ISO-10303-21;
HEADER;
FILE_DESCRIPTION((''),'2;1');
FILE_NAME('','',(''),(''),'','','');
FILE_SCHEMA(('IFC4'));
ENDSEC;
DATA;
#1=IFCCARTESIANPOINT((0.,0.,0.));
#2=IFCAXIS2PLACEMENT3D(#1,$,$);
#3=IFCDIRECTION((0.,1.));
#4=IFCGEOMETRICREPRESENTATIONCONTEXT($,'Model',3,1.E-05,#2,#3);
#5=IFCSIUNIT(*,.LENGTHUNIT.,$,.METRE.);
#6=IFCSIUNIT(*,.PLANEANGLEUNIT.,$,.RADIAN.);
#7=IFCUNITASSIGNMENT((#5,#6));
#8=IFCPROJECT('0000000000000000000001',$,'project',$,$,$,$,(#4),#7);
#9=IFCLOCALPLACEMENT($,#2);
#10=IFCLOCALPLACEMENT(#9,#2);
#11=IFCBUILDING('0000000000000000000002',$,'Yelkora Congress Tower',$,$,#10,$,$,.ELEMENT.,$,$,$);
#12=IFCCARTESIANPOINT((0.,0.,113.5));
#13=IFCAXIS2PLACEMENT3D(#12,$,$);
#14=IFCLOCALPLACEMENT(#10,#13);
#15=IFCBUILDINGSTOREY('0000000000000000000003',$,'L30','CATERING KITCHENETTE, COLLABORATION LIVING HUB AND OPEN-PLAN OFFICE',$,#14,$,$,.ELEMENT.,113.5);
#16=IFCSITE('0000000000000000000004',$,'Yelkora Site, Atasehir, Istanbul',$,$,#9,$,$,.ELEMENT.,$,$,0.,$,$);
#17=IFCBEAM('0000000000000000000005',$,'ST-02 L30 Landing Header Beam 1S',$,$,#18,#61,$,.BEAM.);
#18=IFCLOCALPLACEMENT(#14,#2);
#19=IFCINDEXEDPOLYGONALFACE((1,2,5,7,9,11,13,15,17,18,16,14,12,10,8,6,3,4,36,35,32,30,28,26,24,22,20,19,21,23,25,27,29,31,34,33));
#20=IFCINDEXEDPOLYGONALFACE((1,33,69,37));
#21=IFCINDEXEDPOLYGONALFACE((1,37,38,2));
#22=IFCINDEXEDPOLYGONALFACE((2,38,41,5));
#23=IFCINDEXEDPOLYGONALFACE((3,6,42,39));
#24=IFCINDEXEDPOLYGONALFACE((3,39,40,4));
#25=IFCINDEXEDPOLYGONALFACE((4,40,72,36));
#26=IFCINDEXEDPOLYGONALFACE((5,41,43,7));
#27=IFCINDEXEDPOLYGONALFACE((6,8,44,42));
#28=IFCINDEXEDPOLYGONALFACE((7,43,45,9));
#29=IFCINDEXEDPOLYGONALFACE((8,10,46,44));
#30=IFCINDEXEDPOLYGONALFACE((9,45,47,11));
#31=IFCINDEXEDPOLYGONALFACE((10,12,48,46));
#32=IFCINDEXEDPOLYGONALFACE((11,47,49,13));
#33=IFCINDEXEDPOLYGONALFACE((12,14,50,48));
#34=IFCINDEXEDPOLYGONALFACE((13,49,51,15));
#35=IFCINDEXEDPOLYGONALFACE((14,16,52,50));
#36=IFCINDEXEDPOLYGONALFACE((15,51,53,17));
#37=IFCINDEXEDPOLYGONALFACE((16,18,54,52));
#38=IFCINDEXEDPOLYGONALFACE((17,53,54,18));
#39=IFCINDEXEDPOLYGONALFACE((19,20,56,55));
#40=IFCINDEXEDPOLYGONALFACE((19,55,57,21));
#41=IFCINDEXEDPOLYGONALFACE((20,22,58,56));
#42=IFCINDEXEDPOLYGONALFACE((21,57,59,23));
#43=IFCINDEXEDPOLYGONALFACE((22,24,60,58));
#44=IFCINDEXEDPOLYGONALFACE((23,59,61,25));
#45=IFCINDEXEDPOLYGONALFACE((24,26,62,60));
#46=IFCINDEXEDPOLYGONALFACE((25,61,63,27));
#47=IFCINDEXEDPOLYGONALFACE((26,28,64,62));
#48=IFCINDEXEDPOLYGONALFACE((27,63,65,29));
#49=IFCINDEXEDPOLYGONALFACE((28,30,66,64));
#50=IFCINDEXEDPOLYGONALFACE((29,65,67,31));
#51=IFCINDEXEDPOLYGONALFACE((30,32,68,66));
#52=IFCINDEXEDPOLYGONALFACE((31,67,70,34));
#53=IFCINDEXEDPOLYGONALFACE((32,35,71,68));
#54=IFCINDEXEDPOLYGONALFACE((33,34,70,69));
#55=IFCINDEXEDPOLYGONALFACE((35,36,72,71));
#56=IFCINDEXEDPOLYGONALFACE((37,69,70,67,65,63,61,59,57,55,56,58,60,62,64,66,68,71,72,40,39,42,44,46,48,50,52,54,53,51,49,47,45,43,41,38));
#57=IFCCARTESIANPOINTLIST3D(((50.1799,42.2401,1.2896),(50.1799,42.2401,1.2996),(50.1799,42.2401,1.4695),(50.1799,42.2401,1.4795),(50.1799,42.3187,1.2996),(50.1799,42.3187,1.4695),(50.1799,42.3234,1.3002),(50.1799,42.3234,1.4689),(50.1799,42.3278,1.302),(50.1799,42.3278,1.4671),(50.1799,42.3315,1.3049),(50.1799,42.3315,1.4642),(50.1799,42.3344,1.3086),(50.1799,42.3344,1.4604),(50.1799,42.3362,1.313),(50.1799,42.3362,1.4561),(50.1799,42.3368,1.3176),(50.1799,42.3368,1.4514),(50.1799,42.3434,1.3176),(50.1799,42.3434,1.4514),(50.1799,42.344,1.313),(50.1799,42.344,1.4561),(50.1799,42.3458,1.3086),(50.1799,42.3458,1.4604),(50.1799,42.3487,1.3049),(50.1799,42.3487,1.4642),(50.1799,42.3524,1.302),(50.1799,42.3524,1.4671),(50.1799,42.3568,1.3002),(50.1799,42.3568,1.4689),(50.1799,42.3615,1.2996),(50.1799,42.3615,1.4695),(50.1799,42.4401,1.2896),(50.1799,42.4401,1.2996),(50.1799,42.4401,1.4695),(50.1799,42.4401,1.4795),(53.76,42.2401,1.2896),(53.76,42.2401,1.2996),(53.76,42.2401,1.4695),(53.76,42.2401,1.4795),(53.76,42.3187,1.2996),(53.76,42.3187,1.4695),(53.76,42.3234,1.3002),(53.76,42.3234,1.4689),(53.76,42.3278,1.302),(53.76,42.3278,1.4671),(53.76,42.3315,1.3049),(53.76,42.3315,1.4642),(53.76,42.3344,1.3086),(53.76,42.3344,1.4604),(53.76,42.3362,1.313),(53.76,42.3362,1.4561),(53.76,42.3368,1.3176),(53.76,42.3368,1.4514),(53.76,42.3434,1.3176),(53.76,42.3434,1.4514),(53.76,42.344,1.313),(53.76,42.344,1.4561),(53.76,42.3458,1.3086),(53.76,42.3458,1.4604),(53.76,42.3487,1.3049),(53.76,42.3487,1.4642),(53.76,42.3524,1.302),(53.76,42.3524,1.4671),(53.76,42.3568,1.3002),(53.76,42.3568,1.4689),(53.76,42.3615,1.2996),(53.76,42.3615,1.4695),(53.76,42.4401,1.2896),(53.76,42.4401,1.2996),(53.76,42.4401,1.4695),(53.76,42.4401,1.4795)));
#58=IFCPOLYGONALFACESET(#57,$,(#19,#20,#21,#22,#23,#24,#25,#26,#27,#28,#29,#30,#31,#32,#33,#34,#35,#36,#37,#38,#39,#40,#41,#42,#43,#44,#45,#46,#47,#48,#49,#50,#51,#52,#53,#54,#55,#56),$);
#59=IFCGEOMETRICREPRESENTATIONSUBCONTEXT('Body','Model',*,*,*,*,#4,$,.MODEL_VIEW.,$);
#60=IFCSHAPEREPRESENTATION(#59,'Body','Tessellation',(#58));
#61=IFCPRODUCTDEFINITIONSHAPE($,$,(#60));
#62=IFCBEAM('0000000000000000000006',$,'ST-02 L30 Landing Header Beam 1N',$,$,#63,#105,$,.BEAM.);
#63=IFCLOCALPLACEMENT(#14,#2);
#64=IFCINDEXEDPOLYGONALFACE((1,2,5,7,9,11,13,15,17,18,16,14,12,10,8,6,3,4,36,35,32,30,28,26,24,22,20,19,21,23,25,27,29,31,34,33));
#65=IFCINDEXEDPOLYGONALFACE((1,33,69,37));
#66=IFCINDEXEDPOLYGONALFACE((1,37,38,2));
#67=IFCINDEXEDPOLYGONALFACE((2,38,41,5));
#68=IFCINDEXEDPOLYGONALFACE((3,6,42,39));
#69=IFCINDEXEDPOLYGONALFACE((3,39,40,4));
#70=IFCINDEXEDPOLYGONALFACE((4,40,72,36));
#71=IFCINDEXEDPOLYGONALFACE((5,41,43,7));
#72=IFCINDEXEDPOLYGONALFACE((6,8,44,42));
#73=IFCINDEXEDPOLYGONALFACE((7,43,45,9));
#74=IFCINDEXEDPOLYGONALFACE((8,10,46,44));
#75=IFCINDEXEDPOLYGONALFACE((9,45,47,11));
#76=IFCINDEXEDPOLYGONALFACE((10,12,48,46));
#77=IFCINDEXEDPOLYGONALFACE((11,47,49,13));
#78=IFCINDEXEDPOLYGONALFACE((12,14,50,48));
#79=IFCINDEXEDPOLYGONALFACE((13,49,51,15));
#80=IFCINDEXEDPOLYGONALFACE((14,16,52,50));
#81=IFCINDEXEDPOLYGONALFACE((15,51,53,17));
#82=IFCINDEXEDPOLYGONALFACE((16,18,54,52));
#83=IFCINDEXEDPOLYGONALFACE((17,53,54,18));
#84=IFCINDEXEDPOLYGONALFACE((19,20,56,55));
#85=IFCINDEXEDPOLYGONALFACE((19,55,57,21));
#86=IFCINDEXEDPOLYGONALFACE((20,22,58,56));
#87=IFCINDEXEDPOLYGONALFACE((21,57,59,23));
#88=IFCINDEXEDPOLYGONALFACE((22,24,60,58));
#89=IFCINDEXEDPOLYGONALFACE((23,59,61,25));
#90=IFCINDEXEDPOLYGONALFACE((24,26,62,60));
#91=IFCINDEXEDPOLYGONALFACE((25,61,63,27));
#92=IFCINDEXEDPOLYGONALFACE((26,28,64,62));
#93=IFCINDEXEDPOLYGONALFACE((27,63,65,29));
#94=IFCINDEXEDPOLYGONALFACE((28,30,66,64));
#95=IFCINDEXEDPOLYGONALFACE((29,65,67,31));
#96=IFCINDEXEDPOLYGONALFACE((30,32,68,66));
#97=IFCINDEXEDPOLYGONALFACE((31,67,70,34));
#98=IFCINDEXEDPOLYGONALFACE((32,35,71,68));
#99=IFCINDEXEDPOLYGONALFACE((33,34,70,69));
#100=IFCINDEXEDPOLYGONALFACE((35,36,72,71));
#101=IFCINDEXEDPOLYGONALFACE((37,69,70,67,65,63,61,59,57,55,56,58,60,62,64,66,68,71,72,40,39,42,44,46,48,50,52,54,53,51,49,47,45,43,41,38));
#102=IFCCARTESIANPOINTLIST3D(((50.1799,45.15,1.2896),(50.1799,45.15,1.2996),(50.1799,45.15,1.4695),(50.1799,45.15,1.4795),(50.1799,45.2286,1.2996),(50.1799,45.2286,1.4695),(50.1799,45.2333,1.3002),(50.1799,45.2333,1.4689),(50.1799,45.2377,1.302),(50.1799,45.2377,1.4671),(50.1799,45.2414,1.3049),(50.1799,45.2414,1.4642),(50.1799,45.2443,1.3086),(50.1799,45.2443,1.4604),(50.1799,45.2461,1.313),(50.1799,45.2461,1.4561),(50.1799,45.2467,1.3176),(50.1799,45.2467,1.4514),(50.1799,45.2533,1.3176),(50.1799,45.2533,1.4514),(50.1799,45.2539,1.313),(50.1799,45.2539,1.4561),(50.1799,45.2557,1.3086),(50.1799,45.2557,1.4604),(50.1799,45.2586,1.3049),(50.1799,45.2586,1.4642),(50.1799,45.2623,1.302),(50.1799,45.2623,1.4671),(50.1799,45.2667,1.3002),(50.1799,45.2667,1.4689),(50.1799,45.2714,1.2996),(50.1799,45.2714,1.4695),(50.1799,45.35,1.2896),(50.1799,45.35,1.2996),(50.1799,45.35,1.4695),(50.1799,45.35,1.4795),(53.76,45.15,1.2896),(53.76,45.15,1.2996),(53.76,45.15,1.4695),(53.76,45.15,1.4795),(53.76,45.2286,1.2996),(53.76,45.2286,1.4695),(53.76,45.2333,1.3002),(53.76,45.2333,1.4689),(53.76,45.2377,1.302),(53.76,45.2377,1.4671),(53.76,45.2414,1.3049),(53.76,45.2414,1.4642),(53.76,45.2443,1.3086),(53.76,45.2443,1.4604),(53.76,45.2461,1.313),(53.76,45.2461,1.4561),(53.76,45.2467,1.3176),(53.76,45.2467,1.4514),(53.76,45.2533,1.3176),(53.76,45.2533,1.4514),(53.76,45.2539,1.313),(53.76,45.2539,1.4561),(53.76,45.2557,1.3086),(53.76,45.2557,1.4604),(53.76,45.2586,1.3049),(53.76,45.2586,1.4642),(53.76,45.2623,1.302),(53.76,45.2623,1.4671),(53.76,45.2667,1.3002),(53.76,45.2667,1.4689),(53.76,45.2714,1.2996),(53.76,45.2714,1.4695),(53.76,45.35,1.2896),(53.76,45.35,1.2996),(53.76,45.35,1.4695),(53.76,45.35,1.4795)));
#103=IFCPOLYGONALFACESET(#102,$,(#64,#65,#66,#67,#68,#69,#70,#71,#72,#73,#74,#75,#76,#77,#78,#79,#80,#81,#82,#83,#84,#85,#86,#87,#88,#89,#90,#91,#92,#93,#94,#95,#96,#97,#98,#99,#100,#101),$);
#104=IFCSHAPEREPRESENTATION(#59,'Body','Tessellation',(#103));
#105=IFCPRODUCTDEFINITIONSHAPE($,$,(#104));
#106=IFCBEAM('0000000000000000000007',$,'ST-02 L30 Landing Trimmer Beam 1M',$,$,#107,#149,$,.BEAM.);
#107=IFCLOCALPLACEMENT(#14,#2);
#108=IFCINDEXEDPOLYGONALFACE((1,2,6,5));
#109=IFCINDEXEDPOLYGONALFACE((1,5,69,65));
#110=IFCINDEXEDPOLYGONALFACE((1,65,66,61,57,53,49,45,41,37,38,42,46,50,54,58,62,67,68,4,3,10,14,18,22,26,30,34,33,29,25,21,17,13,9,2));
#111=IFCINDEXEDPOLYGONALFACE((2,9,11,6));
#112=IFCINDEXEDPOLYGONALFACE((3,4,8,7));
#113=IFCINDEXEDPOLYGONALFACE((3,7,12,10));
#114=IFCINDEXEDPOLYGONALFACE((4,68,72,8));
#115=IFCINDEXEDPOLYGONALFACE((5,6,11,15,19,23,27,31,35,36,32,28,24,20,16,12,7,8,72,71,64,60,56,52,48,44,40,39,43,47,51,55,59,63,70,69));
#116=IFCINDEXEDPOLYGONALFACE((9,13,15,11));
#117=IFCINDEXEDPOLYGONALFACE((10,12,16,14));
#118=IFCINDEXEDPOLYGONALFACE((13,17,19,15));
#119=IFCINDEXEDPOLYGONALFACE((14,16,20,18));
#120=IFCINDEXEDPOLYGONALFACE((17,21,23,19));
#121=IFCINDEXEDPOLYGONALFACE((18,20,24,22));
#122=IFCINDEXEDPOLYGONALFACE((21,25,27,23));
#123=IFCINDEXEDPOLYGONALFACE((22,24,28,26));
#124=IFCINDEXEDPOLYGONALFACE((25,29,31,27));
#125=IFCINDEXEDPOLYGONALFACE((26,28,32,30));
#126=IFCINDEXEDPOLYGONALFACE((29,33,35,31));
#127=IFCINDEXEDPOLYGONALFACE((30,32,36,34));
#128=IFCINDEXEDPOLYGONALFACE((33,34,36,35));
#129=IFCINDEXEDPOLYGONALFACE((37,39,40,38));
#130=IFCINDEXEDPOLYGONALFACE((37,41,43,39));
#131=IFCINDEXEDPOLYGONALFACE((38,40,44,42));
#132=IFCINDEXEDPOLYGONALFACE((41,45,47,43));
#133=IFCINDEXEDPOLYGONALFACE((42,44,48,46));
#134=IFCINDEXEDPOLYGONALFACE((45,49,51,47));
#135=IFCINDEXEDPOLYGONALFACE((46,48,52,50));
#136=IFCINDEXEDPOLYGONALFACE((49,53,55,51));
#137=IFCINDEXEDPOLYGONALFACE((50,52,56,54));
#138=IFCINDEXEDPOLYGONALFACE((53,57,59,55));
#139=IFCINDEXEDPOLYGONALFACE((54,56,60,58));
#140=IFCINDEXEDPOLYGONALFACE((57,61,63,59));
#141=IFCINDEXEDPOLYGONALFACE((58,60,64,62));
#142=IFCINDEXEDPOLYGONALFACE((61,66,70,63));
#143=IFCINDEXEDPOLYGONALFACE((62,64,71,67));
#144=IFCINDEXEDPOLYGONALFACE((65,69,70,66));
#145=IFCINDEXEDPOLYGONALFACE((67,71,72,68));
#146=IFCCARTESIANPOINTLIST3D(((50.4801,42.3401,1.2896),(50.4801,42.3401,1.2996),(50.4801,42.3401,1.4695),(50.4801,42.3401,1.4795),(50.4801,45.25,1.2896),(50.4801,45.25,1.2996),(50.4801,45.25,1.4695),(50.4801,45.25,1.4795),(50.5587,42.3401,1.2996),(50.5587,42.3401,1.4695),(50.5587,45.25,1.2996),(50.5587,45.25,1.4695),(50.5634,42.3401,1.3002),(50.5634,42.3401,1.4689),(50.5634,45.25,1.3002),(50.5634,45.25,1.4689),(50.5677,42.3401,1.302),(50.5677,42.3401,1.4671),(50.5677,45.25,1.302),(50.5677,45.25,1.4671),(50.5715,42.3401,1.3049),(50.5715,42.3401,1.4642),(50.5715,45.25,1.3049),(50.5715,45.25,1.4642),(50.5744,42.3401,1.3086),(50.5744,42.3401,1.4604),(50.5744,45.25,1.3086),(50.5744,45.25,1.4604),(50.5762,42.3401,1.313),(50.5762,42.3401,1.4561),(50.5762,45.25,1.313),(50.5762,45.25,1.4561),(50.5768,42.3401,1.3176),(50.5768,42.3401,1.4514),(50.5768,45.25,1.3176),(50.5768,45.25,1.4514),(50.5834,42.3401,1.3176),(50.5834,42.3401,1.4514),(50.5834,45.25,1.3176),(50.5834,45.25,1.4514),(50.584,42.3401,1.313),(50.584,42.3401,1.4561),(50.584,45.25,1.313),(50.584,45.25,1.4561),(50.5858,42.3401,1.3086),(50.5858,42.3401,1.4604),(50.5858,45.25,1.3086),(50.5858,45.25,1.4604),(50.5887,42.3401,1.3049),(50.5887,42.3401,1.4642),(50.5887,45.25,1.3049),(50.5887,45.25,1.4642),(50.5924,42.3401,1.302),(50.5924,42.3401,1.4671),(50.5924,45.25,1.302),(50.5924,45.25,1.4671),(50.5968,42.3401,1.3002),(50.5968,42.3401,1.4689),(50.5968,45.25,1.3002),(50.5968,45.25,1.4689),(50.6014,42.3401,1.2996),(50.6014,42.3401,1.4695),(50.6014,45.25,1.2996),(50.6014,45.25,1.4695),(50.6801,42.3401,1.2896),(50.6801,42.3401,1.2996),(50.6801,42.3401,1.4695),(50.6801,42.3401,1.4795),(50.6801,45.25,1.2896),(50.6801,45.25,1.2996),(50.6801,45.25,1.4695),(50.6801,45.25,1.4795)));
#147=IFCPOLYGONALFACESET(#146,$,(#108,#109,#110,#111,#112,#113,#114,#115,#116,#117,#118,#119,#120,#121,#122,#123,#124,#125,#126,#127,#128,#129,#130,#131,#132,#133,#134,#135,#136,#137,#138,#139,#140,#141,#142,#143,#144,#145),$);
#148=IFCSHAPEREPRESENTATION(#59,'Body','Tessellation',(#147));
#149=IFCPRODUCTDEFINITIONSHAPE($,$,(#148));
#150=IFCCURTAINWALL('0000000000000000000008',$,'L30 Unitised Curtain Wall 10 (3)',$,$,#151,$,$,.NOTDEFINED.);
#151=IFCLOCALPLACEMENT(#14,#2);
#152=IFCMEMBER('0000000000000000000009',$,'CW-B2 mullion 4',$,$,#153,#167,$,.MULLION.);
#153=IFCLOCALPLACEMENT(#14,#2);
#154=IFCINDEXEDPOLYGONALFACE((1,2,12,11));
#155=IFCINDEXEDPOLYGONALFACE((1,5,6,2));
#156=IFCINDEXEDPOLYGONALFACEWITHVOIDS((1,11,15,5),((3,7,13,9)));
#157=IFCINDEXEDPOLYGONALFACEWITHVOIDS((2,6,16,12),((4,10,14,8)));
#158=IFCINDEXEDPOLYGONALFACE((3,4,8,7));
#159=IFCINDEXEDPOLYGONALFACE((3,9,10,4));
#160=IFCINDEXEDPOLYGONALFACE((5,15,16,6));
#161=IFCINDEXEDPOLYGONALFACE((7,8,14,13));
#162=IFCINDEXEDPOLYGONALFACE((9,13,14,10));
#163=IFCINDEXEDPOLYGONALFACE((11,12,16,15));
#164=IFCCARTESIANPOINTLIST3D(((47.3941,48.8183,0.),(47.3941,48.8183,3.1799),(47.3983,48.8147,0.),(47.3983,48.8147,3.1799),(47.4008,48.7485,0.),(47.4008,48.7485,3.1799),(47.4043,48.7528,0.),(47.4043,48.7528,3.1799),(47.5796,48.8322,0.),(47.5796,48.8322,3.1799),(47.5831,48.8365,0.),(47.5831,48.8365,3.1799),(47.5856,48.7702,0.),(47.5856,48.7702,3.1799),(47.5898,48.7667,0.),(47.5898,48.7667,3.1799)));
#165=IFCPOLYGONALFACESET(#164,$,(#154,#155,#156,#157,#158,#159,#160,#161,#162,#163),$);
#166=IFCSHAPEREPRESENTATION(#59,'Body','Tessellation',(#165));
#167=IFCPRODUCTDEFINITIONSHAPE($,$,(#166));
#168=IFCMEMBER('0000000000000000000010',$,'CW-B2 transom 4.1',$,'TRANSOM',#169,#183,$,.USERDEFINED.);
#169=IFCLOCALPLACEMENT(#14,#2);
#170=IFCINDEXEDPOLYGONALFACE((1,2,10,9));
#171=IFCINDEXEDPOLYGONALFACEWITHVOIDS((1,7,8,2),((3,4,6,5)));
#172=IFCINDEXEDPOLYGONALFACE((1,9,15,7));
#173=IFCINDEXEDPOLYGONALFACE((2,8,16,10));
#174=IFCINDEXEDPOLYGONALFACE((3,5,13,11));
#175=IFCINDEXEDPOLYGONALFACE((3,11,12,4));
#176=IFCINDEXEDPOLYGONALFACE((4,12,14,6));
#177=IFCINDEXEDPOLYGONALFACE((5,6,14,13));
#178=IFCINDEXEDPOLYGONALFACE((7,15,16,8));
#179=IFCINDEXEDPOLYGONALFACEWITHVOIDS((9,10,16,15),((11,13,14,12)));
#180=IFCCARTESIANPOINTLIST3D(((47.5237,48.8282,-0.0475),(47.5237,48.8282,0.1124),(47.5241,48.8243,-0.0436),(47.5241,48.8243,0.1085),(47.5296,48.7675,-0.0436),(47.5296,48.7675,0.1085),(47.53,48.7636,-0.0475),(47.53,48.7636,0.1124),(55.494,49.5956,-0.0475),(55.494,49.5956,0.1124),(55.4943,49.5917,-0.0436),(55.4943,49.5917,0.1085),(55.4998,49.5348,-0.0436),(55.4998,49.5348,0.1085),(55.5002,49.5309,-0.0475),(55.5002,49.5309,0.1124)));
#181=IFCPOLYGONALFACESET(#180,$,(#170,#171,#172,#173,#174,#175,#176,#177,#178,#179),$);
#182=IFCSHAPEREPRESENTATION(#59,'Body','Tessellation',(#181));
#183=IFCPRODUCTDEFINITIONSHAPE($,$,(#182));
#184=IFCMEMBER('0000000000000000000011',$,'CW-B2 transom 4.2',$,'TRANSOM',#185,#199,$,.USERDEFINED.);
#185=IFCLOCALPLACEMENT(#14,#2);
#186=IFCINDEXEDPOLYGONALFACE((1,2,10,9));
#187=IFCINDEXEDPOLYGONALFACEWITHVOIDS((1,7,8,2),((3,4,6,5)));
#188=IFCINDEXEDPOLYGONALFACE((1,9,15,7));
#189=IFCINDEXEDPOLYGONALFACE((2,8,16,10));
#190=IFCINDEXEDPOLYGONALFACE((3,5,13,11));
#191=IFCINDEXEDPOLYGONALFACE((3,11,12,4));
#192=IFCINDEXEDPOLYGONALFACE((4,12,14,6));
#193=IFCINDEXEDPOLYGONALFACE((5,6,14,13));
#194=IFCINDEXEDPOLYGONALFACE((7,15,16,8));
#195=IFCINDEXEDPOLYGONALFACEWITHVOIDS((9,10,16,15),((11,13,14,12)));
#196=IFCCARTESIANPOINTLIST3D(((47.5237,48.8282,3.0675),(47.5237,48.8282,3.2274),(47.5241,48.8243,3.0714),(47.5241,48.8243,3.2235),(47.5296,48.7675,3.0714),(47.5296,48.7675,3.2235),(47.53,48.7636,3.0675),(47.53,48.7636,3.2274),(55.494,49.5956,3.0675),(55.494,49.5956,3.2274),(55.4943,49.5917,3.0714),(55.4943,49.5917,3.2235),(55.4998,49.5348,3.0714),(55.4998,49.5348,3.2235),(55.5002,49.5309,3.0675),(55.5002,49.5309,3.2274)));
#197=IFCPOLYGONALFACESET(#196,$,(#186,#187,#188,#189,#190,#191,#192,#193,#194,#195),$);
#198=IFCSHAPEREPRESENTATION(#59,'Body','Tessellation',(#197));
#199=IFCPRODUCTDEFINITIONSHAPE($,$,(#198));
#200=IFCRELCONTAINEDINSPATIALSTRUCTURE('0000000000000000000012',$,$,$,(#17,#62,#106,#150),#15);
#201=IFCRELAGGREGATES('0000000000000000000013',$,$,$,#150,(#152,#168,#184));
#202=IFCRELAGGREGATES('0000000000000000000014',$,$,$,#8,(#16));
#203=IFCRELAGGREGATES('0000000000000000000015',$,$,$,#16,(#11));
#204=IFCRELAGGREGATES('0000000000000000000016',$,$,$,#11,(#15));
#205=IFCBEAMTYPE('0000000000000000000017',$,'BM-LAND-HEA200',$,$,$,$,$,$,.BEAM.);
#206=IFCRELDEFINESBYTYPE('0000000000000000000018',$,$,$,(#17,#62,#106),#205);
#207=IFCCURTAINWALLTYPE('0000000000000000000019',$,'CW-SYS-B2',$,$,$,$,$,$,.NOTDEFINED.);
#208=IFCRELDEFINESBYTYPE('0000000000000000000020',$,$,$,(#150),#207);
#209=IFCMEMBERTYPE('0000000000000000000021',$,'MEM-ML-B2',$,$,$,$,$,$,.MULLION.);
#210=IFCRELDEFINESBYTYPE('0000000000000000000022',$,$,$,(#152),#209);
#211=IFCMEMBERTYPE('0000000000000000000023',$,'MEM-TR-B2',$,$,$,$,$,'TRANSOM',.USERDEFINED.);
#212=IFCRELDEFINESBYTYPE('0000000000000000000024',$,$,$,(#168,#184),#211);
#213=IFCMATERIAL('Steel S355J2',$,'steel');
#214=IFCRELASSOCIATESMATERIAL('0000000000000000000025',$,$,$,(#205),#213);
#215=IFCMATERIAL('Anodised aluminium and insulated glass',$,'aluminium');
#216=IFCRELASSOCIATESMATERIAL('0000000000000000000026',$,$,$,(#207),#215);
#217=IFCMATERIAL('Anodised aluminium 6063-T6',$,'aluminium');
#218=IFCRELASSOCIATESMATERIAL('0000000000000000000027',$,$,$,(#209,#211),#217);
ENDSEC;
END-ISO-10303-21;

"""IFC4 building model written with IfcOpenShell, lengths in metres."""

from ifc_helpers import new_model, si_unit, direction, frame, origin, origin_2d, place, context, subcontext, project, spatial, hollow_rectangle, i_section, extrude, material, material_profile, profile_set, type_object, element, aggregate, save


model = new_model("IFC4")

# Units and contexts
model_context = context("Model", 3, precision=1e-05, world=origin(), true_north=direction((0.0, 1.0)))
body_context = subcontext(model_context, "Body", "Model", "MODEL_VIEW")
ifc_project = project(units=[si_unit("LENGTHUNIT", "METRE"), si_unit("PLANEANGLEUNIT", "RADIAN")], contexts=[model_context])

# Site, building, storey
site_placement = place(None, origin())
site = spatial("IfcSite", under=ifc_project, at=site_placement, Name="Yelkora Site, Atasehir, Istanbul", CompositionType="ELEMENT", RefElevation=0.0)
building_placement = place(site_placement, origin())
building = spatial("IfcBuilding", under=site, at=building_placement, Name="Yelkora Congress Tower", CompositionType="ELEMENT")
storey_placement = place(building_placement, frame((0.0, 0.0, 113.5)))
storey = spatial("IfcBuildingStorey", under=building, at=storey_placement, Name="L30", Description="CATERING KITCHENETTE, COLLABORATION LIVING HUB AND OPEN-PLAN OFFICE", CompositionType="ELEMENT", Elevation=113.5)

# Beams
ifc_material_1 = material(Name="Steel S355J2", Category="steel")
ifc_material_profile_1 = material_profile(ifc_material_1, i_section(OverallWidth=0.2, OverallDepth=0.1899, WebThickness=0.0066, FlangeThickness=0.01, FilletRadius=0.0181, at=origin_2d()), Name="HEA 200")
ifc_profile_set_1 = profile_set([ifc_material_profile_1], Name="Steel S355J2")
beam_type_1 = type_object("IfcBeamType", Name="BM-LAND-HEA200", PredefinedType="BEAM", material=ifc_profile_set_1)
for number, where, z_axis, x_axis, name in (
    (1, (50.1799, 42.3401, 1.3845), (1.0, 0.0, 0.0), (0.0, 1.0, 0.0), "ST-02 L30 Landing Header Beam 1S"),
    (2, (50.1799, 45.25, 1.3845), (1.0, 0.0, 0.0), (0.0, 1.0, 0.0), "ST-02 L30 Landing Header Beam 1N"),
):
    element("IfcBeam", number, at=place(storey_placement, frame(where, z_axis=z_axis, x_axis=x_axis)), inside=storey, type_object=beam_type_1, Name=name, PredefinedType="BEAM", context=body_context, shape_type="SweptSolid", body=[
        extrude(i_section(OverallWidth=0.2, OverallDepth=0.1899, WebThickness=0.0066, FlangeThickness=0.01, FilletRadius=0.0181, at=origin_2d()), origin(), (0.0, 0.0, 1.0), 3.5801),
    ])
beam_1_placement = place(storey_placement, frame((50.5801, 42.3401, 1.3845), z_axis=(0.0, 1.0, 0.0), x_axis=(-1.0, 0.0, 0.0)))
element("IfcBeam", 3, at=beam_1_placement, inside=storey, type_object=beam_type_1, Name="ST-02 L30 Landing Trimmer Beam 1M", PredefinedType="BEAM", context=body_context, shape_type="SweptSolid", body=[
    extrude(i_section(OverallWidth=0.2, OverallDepth=0.1899, WebThickness=0.0066, FlangeThickness=0.01, FilletRadius=0.0181, at=origin_2d()), origin(), (0.0, 0.0, 1.0), 2.9099),
])

# Curtain wall, members
ifc_material_2 = material(Name="Anodised aluminium and insulated glass", Category="aluminium")
curtain_wall_type = type_object("IfcCurtainWallType", Name="CW-SYS-B2", PredefinedType="NOTDEFINED", material=ifc_material_2)
curtain_wall_placement = place(storey_placement, origin())
curtain_wall = element("IfcCurtainWall", 4, at=curtain_wall_placement, inside=storey, type_object=curtain_wall_type, Name="L30 Unitised Curtain Wall 10 (3)", PredefinedType="NOTDEFINED")
ifc_material_3 = material(Name="Anodised aluminium 6063-T6", Category="aluminium")
ifc_material_profile_2 = material_profile(ifc_material_3, hollow_rectangle(XDim=0.0701, YDim=0.1899, WallThickness=0.0039, at=origin_2d()), Name="ALU 70x190x4")
ifc_profile_set_2 = profile_set([ifc_material_profile_2], Name="Anodised aluminium 6063-T6")
member_type_1 = type_object("IfcMemberType", Name="MEM-ML-B2", PredefinedType="MULLION", material=ifc_profile_set_2)
member_1_placement = place(storey_placement, frame((47.4919, 48.7925, 0.0), z_axis=(0.0, 0.0, 1.0), x_axis=(-0.095844, 0.995396, 0.0)))
member_1 = element("IfcMember", 5, at=member_1_placement, type_object=member_type_1, Name="CW-B2 mullion 4", PredefinedType="MULLION", context=body_context, shape_type="SweptSolid", body=[
    extrude(hollow_rectangle(XDim=0.0701, YDim=0.1899, WallThickness=0.0039, at=origin_2d()), origin(), (0.0, 0.0, 1.0), 3.1799),
])
ifc_material_profile_3 = material_profile(ifc_material_3, hollow_rectangle(XDim=0.0649, YDim=0.1599, WallThickness=0.0039, at=origin_2d()), Name="ALU 65x160x4")
ifc_profile_set_3 = profile_set([ifc_material_profile_3], Name="Anodised aluminium 6063-T6")
member_type_2 = type_object("IfcMemberType", Name="MEM-TR-B2", ElementType="TRANSOM", PredefinedType="USERDEFINED", material=ifc_profile_set_3)
member_2_placement = place(storey_placement, frame((47.5269, 48.7959, 0.0325), z_axis=(0.995398, 0.095832, 0.0), x_axis=(-0.095832, 0.995398, 0.0)))
member_2 = element("IfcMember", 6, at=member_2_placement, type_object=member_type_2, Name="CW-B2 transom 4.1", ObjectType="TRANSOM", PredefinedType="USERDEFINED", context=body_context, shape_type="SweptSolid", body=[
    extrude(hollow_rectangle(XDim=0.0649, YDim=0.1599, WallThickness=0.0039, at=origin_2d()), origin(), (0.0, 0.0, 1.0), 8.0071),
])
member_3_placement = place(storey_placement, frame((47.5269, 48.7959, 3.1475), z_axis=(0.995398, 0.095832, 0.0), x_axis=(-0.095832, 0.995398, 0.0)))
member_3 = element("IfcMember", 7, at=member_3_placement, type_object=member_type_2, Name="CW-B2 transom 4.2", ObjectType="TRANSOM", PredefinedType="USERDEFINED", context=body_context, shape_type="SweptSolid", body=[
    extrude(hollow_rectangle(XDim=0.0649, YDim=0.1599, WallThickness=0.0039, at=origin_2d()), origin(), (0.0, 0.0, 1.0), 8.0071),
])
aggregate(curtain_wall, [member_1, member_2, member_3])

save(model, "model.ifc")
